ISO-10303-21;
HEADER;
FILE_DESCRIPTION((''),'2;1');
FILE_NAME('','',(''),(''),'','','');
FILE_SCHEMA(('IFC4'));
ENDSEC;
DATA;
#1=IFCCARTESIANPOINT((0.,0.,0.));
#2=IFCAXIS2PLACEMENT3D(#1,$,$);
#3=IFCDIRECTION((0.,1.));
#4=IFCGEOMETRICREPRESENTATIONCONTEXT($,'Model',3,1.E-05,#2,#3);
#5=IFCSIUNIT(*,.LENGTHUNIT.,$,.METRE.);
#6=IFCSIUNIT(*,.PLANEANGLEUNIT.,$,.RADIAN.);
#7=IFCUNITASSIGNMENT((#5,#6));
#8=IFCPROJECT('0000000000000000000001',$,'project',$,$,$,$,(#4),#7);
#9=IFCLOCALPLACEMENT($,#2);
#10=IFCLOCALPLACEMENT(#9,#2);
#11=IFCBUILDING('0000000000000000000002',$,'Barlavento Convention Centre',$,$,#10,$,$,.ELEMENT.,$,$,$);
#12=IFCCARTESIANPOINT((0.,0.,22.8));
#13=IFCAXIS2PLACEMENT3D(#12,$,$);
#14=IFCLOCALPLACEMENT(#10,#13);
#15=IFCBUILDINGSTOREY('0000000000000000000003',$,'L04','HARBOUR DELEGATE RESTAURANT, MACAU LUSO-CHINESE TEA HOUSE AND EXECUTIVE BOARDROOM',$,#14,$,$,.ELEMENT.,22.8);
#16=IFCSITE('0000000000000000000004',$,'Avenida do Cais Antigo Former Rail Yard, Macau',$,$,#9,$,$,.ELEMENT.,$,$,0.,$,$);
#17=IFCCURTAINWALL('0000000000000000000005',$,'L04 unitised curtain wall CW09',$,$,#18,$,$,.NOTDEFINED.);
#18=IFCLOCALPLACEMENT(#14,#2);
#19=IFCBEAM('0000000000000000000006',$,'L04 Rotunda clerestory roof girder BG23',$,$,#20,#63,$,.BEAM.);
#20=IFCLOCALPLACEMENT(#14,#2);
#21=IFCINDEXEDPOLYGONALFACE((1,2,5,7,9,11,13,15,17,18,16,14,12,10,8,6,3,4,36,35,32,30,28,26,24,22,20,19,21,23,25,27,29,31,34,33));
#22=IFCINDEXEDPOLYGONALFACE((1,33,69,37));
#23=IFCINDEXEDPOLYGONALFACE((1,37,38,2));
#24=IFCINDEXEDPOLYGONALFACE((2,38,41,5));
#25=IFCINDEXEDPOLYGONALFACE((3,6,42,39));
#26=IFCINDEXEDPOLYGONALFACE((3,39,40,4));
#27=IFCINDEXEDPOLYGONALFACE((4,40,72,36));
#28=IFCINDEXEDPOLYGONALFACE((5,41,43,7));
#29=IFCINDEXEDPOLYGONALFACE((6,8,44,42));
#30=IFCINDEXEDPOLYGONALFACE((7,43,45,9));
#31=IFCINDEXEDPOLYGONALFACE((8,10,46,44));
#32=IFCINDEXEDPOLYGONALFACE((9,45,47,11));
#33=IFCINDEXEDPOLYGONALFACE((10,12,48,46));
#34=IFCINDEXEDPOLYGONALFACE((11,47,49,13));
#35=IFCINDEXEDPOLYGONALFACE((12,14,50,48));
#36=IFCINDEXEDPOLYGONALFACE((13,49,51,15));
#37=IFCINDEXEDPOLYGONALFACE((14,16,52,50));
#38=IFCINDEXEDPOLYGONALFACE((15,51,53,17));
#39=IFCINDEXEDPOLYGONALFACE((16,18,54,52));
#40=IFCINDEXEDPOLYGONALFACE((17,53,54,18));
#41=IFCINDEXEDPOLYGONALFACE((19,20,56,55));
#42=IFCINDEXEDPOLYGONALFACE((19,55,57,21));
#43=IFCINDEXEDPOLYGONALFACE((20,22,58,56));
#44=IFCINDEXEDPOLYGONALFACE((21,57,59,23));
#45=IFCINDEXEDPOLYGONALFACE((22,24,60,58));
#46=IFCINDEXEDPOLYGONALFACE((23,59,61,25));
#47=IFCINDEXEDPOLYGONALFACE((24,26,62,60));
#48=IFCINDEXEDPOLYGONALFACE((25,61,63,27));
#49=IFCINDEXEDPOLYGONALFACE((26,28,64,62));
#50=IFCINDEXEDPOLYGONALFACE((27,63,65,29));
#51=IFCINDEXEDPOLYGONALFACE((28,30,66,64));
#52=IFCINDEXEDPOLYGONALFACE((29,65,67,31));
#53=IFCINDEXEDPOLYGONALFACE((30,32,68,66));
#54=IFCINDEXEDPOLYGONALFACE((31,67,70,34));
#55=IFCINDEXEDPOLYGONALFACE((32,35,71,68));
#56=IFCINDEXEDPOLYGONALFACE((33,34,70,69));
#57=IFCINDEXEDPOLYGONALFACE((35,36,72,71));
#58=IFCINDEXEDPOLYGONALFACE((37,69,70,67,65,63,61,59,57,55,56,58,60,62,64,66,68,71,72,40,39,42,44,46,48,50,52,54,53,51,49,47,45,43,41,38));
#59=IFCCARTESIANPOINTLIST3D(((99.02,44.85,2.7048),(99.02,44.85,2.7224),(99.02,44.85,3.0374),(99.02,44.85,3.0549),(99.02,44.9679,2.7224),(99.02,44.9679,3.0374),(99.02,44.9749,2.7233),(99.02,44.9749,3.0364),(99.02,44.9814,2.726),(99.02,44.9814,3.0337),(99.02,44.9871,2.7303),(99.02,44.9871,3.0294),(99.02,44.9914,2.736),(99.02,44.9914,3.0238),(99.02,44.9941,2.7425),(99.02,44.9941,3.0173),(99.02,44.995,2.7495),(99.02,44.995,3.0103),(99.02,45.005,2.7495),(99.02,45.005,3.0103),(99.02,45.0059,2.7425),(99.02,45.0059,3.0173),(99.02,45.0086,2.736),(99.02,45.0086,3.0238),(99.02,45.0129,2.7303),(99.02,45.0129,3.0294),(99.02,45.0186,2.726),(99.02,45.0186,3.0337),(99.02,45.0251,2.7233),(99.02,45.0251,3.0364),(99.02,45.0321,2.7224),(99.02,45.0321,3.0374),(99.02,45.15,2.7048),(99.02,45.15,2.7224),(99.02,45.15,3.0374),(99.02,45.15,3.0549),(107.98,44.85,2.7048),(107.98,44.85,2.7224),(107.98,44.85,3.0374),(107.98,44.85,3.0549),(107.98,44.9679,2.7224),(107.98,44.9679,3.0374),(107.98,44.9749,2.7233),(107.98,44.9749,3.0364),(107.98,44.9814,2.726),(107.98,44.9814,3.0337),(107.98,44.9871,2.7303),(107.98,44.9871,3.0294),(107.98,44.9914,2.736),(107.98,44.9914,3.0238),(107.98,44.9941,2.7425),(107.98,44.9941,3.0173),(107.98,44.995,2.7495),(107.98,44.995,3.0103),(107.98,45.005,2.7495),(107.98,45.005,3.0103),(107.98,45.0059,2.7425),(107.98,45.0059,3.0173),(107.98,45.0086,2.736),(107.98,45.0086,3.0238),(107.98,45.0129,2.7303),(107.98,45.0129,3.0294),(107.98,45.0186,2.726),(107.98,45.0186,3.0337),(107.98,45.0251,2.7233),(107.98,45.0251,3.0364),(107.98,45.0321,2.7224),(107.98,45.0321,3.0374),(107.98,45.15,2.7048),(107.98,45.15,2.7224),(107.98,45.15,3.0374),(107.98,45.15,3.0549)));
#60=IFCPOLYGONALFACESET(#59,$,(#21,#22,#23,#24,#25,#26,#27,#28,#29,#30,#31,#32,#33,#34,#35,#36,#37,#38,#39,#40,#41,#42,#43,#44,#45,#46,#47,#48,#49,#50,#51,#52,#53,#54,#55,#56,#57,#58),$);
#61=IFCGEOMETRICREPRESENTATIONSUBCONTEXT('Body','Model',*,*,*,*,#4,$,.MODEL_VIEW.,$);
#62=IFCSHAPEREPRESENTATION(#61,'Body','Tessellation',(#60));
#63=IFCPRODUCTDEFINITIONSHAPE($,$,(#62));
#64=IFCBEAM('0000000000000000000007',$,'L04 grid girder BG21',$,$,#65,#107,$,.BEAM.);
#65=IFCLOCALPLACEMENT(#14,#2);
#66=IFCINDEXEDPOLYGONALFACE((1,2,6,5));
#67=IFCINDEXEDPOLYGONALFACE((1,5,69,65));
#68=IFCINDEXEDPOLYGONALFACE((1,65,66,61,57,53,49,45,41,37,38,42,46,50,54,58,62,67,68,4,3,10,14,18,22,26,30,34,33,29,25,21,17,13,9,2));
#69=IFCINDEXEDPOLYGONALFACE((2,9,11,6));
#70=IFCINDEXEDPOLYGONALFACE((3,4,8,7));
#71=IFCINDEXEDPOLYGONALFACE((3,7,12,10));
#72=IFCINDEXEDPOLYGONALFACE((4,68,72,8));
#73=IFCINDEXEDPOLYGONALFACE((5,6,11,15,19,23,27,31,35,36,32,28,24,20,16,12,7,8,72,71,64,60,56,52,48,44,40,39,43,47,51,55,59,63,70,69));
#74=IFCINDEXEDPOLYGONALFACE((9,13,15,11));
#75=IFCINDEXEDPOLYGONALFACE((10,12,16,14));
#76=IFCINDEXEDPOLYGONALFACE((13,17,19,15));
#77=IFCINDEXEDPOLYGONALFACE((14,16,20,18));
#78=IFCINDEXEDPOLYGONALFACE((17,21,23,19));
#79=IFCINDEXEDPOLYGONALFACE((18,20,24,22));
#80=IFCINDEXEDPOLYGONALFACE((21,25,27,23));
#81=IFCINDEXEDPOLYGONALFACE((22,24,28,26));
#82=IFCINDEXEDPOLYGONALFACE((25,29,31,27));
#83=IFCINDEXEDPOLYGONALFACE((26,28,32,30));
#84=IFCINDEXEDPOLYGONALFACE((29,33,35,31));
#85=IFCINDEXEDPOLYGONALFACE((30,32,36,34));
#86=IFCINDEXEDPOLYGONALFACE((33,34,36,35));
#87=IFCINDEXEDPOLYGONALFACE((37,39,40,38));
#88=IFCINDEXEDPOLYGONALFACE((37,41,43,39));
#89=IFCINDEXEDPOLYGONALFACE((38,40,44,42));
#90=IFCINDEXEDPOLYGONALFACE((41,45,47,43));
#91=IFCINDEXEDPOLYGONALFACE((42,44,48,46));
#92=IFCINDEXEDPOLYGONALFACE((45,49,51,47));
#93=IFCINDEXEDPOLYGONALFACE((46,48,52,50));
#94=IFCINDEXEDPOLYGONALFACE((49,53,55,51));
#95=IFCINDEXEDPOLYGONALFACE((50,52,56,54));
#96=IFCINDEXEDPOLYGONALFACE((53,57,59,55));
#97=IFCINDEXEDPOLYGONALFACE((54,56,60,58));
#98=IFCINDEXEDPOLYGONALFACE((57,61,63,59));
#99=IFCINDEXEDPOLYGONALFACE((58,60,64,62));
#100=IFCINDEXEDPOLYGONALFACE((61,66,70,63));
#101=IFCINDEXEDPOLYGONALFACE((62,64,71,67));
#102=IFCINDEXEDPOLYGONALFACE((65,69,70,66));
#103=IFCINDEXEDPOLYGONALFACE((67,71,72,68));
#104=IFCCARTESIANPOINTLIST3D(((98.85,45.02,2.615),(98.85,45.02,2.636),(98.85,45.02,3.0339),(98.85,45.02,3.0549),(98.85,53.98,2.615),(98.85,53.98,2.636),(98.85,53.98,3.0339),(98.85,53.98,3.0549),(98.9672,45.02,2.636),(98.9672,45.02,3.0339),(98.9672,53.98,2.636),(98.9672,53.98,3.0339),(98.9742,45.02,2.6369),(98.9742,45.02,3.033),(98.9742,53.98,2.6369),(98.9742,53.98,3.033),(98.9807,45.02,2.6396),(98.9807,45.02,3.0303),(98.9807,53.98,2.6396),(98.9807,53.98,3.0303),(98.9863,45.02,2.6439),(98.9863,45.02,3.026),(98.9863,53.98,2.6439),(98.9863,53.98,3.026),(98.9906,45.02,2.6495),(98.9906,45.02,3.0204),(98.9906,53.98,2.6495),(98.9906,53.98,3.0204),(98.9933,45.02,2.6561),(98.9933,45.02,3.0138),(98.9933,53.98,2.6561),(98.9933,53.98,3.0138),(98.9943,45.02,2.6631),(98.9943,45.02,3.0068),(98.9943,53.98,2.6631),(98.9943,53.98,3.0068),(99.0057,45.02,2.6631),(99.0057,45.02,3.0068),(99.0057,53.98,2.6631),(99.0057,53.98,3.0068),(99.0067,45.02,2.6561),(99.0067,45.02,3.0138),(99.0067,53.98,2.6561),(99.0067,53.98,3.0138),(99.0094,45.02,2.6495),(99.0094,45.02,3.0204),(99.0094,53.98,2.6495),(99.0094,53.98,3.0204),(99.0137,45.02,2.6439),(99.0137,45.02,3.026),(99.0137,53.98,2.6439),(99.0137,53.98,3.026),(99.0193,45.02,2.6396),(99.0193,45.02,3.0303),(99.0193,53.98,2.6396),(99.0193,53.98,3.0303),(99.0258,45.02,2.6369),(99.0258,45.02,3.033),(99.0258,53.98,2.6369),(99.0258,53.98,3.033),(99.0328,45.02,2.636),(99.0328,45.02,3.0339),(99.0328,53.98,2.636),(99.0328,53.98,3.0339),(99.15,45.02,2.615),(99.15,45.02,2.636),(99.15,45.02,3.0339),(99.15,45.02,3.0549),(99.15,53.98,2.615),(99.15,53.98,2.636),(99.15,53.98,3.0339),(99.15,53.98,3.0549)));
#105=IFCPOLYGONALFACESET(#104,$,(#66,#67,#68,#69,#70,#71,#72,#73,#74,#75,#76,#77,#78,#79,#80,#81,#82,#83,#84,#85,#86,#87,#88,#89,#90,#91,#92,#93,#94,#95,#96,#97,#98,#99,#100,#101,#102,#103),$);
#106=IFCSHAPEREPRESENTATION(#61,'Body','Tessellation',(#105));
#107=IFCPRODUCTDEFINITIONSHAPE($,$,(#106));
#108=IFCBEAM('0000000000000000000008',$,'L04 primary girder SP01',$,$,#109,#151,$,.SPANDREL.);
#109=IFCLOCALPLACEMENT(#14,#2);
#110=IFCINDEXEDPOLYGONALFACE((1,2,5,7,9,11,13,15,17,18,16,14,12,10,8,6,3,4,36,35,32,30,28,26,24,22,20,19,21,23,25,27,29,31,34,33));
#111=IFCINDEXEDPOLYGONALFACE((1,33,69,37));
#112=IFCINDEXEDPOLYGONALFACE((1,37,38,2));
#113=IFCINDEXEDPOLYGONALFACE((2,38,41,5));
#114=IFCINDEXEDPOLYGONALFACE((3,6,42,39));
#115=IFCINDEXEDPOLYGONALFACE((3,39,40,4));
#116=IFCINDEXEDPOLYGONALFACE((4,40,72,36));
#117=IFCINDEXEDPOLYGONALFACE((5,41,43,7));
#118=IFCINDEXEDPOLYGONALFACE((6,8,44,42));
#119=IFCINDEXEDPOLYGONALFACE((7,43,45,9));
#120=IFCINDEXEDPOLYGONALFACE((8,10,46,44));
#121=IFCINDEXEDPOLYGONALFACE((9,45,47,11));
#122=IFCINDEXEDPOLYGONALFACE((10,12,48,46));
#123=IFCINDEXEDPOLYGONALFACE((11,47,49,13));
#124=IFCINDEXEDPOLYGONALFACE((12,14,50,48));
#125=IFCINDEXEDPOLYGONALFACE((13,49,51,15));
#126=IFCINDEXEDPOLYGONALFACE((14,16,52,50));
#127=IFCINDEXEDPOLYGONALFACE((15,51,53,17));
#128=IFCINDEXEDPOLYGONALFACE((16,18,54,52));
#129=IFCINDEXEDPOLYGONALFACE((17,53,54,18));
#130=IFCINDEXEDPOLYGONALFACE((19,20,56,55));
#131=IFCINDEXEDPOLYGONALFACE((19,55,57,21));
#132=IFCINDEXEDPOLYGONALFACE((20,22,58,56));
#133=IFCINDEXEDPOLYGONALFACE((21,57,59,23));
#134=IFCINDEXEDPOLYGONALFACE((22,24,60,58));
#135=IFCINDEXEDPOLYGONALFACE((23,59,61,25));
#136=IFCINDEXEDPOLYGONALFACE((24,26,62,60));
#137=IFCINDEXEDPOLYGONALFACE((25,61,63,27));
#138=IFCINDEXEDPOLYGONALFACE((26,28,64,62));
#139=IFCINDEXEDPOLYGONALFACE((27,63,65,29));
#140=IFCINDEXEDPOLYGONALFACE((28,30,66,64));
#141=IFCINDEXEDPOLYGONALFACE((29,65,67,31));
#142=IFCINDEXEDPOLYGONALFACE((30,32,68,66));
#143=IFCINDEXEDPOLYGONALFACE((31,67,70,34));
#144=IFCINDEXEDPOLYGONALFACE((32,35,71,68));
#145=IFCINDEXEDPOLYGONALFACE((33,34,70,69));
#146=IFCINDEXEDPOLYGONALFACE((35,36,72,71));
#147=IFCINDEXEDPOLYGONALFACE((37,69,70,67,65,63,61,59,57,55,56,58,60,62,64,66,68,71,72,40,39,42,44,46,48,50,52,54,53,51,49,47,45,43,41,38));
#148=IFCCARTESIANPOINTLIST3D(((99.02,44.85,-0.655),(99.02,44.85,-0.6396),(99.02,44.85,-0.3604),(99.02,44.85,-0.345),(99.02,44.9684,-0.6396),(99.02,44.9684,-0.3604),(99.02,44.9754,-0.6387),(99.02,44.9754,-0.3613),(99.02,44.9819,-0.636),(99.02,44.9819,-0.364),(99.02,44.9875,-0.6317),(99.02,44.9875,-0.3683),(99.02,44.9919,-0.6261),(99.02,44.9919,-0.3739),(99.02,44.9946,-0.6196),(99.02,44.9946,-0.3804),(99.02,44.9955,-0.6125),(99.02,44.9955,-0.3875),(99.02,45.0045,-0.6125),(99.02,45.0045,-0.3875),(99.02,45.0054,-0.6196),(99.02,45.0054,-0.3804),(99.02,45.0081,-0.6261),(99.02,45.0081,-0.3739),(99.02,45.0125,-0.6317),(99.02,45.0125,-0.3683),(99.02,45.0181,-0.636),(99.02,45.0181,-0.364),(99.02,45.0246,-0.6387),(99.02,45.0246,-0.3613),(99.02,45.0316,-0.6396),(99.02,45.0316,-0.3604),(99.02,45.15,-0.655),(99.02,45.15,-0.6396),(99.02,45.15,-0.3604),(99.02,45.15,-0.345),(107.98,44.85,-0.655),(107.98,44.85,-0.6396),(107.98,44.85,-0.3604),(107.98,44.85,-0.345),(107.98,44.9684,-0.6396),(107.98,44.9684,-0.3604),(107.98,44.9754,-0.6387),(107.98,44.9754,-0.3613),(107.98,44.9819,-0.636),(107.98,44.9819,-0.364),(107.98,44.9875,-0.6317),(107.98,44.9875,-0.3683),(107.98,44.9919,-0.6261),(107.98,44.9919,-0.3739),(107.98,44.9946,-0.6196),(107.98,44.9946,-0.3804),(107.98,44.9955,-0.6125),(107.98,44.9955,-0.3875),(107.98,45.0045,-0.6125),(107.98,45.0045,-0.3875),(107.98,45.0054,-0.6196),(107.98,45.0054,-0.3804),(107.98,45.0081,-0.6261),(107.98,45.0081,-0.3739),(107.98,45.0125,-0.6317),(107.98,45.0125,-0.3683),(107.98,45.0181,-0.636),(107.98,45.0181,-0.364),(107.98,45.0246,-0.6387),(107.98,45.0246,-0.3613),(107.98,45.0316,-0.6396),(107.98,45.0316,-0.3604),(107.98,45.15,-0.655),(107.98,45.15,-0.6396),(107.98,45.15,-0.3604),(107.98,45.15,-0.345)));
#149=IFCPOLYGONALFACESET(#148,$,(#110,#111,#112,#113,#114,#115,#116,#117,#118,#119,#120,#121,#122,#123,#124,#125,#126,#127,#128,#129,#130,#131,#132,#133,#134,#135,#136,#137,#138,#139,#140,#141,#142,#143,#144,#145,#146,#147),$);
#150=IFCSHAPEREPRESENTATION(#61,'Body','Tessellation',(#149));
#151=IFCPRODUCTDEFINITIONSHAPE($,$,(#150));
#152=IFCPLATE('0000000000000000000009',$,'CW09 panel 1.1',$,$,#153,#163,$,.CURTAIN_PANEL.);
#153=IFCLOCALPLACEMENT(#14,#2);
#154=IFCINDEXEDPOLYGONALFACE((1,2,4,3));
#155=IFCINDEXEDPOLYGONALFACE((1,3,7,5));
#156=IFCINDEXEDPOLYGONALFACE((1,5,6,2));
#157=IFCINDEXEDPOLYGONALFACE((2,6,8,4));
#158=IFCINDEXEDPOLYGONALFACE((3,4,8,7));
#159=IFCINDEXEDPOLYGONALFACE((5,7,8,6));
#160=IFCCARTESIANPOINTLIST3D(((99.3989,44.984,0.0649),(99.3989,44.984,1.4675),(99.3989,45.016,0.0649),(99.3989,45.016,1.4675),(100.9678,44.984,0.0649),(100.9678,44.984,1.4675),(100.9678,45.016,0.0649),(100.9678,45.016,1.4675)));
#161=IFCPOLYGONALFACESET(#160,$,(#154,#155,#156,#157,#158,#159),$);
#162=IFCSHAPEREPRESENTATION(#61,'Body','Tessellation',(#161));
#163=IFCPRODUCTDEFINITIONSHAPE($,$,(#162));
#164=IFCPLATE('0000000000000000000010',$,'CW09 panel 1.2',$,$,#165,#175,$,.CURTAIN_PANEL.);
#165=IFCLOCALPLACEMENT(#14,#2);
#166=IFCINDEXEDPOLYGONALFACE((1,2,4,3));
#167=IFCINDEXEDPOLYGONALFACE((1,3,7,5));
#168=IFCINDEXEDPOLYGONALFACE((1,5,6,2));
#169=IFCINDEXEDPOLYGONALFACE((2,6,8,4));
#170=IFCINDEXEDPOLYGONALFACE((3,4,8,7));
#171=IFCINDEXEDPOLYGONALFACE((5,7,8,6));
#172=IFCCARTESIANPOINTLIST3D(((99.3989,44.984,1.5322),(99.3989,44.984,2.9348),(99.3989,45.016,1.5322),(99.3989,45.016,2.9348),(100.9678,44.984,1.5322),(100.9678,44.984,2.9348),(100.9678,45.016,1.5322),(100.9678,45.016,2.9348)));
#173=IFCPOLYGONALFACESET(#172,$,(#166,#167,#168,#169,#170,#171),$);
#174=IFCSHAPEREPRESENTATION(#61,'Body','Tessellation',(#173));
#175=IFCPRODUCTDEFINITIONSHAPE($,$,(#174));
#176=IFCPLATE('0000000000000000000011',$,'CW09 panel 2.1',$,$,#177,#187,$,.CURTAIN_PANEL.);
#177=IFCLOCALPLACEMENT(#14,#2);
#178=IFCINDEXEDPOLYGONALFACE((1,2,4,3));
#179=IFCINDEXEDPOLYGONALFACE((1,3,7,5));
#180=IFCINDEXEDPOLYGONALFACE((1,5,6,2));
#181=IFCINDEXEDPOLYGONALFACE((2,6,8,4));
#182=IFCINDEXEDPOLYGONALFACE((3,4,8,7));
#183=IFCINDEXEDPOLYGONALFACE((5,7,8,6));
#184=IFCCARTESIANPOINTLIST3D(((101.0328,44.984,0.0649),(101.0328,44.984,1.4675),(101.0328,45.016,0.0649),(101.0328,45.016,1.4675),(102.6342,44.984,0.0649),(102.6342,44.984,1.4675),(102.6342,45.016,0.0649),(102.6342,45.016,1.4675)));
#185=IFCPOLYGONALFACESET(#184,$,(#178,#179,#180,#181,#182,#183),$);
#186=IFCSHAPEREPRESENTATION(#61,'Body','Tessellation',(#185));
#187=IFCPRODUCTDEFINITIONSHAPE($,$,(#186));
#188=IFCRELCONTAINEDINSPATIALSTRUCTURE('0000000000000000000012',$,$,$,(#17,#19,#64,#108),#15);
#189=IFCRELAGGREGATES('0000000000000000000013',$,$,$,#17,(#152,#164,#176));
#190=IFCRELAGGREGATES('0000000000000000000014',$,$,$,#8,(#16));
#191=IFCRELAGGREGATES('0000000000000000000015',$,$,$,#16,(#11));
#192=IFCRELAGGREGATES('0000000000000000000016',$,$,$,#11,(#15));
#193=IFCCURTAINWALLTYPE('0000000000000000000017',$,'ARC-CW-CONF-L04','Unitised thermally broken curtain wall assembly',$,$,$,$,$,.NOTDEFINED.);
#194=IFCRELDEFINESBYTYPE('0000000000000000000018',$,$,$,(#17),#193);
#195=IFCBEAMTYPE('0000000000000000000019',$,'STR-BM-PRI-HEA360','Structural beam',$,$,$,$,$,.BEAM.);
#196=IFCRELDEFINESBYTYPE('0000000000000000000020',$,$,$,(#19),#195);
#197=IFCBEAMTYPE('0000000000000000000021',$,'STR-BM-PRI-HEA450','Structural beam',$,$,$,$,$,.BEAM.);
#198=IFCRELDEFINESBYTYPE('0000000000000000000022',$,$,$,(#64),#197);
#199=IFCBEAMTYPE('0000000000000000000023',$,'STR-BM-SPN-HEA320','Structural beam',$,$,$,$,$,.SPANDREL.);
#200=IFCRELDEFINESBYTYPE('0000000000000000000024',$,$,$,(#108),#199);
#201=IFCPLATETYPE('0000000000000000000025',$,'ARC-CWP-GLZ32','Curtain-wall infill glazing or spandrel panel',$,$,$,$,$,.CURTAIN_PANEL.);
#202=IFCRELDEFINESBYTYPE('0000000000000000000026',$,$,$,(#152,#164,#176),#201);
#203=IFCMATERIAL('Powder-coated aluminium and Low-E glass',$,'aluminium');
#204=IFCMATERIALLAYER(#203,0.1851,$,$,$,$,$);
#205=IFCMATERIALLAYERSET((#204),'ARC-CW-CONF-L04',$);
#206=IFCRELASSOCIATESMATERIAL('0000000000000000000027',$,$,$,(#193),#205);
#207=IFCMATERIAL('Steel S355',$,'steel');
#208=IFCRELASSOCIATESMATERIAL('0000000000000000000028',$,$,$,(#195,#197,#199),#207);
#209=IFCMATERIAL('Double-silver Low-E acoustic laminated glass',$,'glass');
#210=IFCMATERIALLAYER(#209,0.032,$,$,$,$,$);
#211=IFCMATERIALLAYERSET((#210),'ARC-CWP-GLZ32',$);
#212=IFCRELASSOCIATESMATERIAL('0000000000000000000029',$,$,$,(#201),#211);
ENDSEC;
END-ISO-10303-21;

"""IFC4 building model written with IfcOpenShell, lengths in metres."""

from ifc_helpers import new_model, si_unit, direction, frame, origin, origin_2d, place, context, subcontext, project, spatial, rectangle, i_section, extrude, material, layer, layer_set, material_profile, profile_set, type_object, element, aggregate, save


model = new_model("IFC4")

# Units and contexts
model_context = context("Model", 3, precision=1e-05, world=origin(), true_north=direction((0.0, 1.0)))
body_context = subcontext(model_context, "Body", "Model", "MODEL_VIEW")
ifc_project = project(units=[si_unit("LENGTHUNIT", "METRE"), si_unit("PLANEANGLEUNIT", "RADIAN")], contexts=[model_context])

# Site, building, storey
site_placement = place(None, origin())
site = spatial("IfcSite", under=ifc_project, at=site_placement, Name="Avenida do Cais Antigo Former Rail Yard, Macau", CompositionType="ELEMENT", RefElevation=0.0)
building_placement = place(site_placement, origin())
building = spatial("IfcBuilding", under=site, at=building_placement, Name="Barlavento Convention Centre", CompositionType="ELEMENT")
storey_placement = place(building_placement, frame((0.0, 0.0, 22.8)))
storey = spatial("IfcBuildingStorey", under=building, at=storey_placement, Name="L04", Description="HARBOUR DELEGATE RESTAURANT, MACAU LUSO-CHINESE TEA HOUSE AND EXECUTIVE BOARDROOM", CompositionType="ELEMENT", Elevation=22.8)

# Curtain wall
ifc_material_1 = material(Name="Powder-coated aluminium and Low-E glass", Category="aluminium")
ifc_layer_1 = layer(ifc_material_1, 0.1851)
ifc_layer_set_1 = layer_set([ifc_layer_1], Name="ARC-CW-CONF-L04")
curtain_wall_type = type_object("IfcCurtainWallType", Name="ARC-CW-CONF-L04", Description="Unitised thermally broken curtain wall assembly", PredefinedType="NOTDEFINED", material=ifc_layer_set_1)
curtain_wall_placement = place(storey_placement, origin())
curtain_wall = element("IfcCurtainWall", 1, at=curtain_wall_placement, inside=storey, type_object=curtain_wall_type, Name="L04 unitised curtain wall CW09", PredefinedType="NOTDEFINED")

# Beams
ifc_material_2 = material(Name="Steel S355", Category="steel")
ifc_material_profile_1 = material_profile(ifc_material_2, i_section(OverallWidth=0.3, OverallDepth=0.3501, WebThickness=0.01, FlangeThickness=0.0176, FilletRadius=0.0271, at=origin_2d()), Name="HEA 360")
ifc_profile_set_1 = profile_set([ifc_material_profile_1], Name="Steel S355")
beam_type_1 = type_object("IfcBeamType", Name="STR-BM-PRI-HEA360", Description="Structural beam", PredefinedType="BEAM", material=ifc_profile_set_1)
beam_1_placement = place(storey_placement, frame((99.02, 45.0, 2.8799), z_axis=(1.0, 0.0, 0.0), x_axis=(0.0, 1.0, 0.0)))
element("IfcBeam", 2, at=beam_1_placement, inside=storey, type_object=beam_type_1, Name="L04 Rotunda clerestory roof girder BG23", PredefinedType="BEAM", context=body_context, shape_type="SweptSolid", body=[
    extrude(i_section(OverallWidth=0.3, OverallDepth=0.3501, WebThickness=0.01, FlangeThickness=0.0176, FilletRadius=0.0271, at=origin_2d()), origin(), (0.0, 0.0, 1.0), 8.96),
])
ifc_material_profile_2 = material_profile(ifc_material_2, i_section(OverallWidth=0.3, OverallDepth=0.4399, WebThickness=0.0115, FlangeThickness=0.021, FilletRadius=0.0271, at=origin_2d()), Name="HEA 450")
ifc_profile_set_2 = profile_set([ifc_material_profile_2], Name="Steel S355")
beam_type_2 = type_object("IfcBeamType", Name="STR-BM-PRI-HEA450", Description="Structural beam", PredefinedType="BEAM", material=ifc_profile_set_2)
beam_2_placement = place(storey_placement, frame((99.0, 45.02, 2.835), z_axis=(0.0, 1.0, 0.0), x_axis=(-1.0, 0.0, 0.0)))
element("IfcBeam", 3, at=beam_2_placement, inside=storey, type_object=beam_type_2, Name="L04 grid girder BG21", PredefinedType="BEAM", context=body_context, shape_type="SweptSolid", body=[
    extrude(i_section(OverallWidth=0.3, OverallDepth=0.4399, WebThickness=0.0115, FlangeThickness=0.021, FilletRadius=0.0271, at=origin_2d()), origin(), (0.0, 0.0, 1.0), 8.96),
])
ifc_material_profile_3 = material_profile(ifc_material_2, i_section(OverallWidth=0.3, OverallDepth=0.3101, WebThickness=0.009, FlangeThickness=0.0154, FilletRadius=0.0271, at=origin_2d()), Name="HEA 320")
ifc_profile_set_3 = profile_set([ifc_material_profile_3], Name="Steel S355")
beam_type_3 = type_object("IfcBeamType", Name="STR-BM-SPN-HEA320", Description="Structural beam", PredefinedType="SPANDREL", material=ifc_profile_set_3)
beam_3_placement = place(storey_placement, frame((99.02, 45.0, -0.5), z_axis=(1.0, 0.0, 0.0), x_axis=(0.0, 1.0, 0.0)))
element("IfcBeam", 4, at=beam_3_placement, inside=storey, type_object=beam_type_3, Name="L04 primary girder SP01", PredefinedType="SPANDREL", context=body_context, shape_type="SweptSolid", body=[
    extrude(i_section(OverallWidth=0.3, OverallDepth=0.3101, WebThickness=0.009, FlangeThickness=0.0154, FilletRadius=0.0271, at=origin_2d()), origin(), (0.0, 0.0, 1.0), 8.96),
])

# Plates
ifc_material_3 = material(Name="Double-silver Low-E acoustic laminated glass", Category="glass")
ifc_layer_2 = layer(ifc_material_3, 0.032)
ifc_layer_set_2 = layer_set([ifc_layer_2], Name="ARC-CWP-GLZ32")
plate_type = type_object("IfcPlateType", Name="ARC-CWP-GLZ32", Description="Curtain-wall infill glazing or spandrel panel", PredefinedType="CURTAIN_PANEL", material=ifc_layer_set_2)
plate_1_placement = place(storey_placement, frame((100.1833, 45.0, 0.0649), z_axis=(0.0, 0.0, 1.0), x_axis=(1.0, 0.0, 0.0)))
plate_1 = element("IfcPlate", 5, at=plate_1_placement, type_object=plate_type, Name="CW09 panel 1.1", PredefinedType="CURTAIN_PANEL", context=body_context, shape_type="SweptSolid", body=[
    extrude(rectangle(XDim=1.5688, YDim=0.032, at=origin_2d()), origin(), (0.0, 0.0, 1.0), 1.4026),
])
plate_2_placement = place(storey_placement, frame((100.1833, 45.0, 1.5322), z_axis=(0.0, 0.0, 1.0), x_axis=(1.0, 0.0, 0.0)))
plate_2 = element("IfcPlate", 6, at=plate_2_placement, type_object=plate_type, Name="CW09 panel 1.2", PredefinedType="CURTAIN_PANEL", context=body_context, shape_type="SweptSolid", body=[
    extrude(rectangle(XDim=1.5688, YDim=0.032, at=origin_2d()), origin(), (0.0, 0.0, 1.0), 1.4026),
])
plate_3_placement = place(storey_placement, frame((101.8335, 45.0, 0.0649), z_axis=(0.0, 0.0, 1.0), x_axis=(1.0, 0.0, 0.0)))
plate_3 = element("IfcPlate", 7, at=plate_3_placement, type_object=plate_type, Name="CW09 panel 2.1", PredefinedType="CURTAIN_PANEL", context=body_context, shape_type="SweptSolid", body=[
    extrude(rectangle(XDim=1.6013, YDim=0.032, at=origin_2d()), origin(), (0.0, 0.0, 1.0), 1.4026),
])
aggregate(curtain_wall, [plate_1, plate_2, plate_3])

save(model, "model.ifc")
